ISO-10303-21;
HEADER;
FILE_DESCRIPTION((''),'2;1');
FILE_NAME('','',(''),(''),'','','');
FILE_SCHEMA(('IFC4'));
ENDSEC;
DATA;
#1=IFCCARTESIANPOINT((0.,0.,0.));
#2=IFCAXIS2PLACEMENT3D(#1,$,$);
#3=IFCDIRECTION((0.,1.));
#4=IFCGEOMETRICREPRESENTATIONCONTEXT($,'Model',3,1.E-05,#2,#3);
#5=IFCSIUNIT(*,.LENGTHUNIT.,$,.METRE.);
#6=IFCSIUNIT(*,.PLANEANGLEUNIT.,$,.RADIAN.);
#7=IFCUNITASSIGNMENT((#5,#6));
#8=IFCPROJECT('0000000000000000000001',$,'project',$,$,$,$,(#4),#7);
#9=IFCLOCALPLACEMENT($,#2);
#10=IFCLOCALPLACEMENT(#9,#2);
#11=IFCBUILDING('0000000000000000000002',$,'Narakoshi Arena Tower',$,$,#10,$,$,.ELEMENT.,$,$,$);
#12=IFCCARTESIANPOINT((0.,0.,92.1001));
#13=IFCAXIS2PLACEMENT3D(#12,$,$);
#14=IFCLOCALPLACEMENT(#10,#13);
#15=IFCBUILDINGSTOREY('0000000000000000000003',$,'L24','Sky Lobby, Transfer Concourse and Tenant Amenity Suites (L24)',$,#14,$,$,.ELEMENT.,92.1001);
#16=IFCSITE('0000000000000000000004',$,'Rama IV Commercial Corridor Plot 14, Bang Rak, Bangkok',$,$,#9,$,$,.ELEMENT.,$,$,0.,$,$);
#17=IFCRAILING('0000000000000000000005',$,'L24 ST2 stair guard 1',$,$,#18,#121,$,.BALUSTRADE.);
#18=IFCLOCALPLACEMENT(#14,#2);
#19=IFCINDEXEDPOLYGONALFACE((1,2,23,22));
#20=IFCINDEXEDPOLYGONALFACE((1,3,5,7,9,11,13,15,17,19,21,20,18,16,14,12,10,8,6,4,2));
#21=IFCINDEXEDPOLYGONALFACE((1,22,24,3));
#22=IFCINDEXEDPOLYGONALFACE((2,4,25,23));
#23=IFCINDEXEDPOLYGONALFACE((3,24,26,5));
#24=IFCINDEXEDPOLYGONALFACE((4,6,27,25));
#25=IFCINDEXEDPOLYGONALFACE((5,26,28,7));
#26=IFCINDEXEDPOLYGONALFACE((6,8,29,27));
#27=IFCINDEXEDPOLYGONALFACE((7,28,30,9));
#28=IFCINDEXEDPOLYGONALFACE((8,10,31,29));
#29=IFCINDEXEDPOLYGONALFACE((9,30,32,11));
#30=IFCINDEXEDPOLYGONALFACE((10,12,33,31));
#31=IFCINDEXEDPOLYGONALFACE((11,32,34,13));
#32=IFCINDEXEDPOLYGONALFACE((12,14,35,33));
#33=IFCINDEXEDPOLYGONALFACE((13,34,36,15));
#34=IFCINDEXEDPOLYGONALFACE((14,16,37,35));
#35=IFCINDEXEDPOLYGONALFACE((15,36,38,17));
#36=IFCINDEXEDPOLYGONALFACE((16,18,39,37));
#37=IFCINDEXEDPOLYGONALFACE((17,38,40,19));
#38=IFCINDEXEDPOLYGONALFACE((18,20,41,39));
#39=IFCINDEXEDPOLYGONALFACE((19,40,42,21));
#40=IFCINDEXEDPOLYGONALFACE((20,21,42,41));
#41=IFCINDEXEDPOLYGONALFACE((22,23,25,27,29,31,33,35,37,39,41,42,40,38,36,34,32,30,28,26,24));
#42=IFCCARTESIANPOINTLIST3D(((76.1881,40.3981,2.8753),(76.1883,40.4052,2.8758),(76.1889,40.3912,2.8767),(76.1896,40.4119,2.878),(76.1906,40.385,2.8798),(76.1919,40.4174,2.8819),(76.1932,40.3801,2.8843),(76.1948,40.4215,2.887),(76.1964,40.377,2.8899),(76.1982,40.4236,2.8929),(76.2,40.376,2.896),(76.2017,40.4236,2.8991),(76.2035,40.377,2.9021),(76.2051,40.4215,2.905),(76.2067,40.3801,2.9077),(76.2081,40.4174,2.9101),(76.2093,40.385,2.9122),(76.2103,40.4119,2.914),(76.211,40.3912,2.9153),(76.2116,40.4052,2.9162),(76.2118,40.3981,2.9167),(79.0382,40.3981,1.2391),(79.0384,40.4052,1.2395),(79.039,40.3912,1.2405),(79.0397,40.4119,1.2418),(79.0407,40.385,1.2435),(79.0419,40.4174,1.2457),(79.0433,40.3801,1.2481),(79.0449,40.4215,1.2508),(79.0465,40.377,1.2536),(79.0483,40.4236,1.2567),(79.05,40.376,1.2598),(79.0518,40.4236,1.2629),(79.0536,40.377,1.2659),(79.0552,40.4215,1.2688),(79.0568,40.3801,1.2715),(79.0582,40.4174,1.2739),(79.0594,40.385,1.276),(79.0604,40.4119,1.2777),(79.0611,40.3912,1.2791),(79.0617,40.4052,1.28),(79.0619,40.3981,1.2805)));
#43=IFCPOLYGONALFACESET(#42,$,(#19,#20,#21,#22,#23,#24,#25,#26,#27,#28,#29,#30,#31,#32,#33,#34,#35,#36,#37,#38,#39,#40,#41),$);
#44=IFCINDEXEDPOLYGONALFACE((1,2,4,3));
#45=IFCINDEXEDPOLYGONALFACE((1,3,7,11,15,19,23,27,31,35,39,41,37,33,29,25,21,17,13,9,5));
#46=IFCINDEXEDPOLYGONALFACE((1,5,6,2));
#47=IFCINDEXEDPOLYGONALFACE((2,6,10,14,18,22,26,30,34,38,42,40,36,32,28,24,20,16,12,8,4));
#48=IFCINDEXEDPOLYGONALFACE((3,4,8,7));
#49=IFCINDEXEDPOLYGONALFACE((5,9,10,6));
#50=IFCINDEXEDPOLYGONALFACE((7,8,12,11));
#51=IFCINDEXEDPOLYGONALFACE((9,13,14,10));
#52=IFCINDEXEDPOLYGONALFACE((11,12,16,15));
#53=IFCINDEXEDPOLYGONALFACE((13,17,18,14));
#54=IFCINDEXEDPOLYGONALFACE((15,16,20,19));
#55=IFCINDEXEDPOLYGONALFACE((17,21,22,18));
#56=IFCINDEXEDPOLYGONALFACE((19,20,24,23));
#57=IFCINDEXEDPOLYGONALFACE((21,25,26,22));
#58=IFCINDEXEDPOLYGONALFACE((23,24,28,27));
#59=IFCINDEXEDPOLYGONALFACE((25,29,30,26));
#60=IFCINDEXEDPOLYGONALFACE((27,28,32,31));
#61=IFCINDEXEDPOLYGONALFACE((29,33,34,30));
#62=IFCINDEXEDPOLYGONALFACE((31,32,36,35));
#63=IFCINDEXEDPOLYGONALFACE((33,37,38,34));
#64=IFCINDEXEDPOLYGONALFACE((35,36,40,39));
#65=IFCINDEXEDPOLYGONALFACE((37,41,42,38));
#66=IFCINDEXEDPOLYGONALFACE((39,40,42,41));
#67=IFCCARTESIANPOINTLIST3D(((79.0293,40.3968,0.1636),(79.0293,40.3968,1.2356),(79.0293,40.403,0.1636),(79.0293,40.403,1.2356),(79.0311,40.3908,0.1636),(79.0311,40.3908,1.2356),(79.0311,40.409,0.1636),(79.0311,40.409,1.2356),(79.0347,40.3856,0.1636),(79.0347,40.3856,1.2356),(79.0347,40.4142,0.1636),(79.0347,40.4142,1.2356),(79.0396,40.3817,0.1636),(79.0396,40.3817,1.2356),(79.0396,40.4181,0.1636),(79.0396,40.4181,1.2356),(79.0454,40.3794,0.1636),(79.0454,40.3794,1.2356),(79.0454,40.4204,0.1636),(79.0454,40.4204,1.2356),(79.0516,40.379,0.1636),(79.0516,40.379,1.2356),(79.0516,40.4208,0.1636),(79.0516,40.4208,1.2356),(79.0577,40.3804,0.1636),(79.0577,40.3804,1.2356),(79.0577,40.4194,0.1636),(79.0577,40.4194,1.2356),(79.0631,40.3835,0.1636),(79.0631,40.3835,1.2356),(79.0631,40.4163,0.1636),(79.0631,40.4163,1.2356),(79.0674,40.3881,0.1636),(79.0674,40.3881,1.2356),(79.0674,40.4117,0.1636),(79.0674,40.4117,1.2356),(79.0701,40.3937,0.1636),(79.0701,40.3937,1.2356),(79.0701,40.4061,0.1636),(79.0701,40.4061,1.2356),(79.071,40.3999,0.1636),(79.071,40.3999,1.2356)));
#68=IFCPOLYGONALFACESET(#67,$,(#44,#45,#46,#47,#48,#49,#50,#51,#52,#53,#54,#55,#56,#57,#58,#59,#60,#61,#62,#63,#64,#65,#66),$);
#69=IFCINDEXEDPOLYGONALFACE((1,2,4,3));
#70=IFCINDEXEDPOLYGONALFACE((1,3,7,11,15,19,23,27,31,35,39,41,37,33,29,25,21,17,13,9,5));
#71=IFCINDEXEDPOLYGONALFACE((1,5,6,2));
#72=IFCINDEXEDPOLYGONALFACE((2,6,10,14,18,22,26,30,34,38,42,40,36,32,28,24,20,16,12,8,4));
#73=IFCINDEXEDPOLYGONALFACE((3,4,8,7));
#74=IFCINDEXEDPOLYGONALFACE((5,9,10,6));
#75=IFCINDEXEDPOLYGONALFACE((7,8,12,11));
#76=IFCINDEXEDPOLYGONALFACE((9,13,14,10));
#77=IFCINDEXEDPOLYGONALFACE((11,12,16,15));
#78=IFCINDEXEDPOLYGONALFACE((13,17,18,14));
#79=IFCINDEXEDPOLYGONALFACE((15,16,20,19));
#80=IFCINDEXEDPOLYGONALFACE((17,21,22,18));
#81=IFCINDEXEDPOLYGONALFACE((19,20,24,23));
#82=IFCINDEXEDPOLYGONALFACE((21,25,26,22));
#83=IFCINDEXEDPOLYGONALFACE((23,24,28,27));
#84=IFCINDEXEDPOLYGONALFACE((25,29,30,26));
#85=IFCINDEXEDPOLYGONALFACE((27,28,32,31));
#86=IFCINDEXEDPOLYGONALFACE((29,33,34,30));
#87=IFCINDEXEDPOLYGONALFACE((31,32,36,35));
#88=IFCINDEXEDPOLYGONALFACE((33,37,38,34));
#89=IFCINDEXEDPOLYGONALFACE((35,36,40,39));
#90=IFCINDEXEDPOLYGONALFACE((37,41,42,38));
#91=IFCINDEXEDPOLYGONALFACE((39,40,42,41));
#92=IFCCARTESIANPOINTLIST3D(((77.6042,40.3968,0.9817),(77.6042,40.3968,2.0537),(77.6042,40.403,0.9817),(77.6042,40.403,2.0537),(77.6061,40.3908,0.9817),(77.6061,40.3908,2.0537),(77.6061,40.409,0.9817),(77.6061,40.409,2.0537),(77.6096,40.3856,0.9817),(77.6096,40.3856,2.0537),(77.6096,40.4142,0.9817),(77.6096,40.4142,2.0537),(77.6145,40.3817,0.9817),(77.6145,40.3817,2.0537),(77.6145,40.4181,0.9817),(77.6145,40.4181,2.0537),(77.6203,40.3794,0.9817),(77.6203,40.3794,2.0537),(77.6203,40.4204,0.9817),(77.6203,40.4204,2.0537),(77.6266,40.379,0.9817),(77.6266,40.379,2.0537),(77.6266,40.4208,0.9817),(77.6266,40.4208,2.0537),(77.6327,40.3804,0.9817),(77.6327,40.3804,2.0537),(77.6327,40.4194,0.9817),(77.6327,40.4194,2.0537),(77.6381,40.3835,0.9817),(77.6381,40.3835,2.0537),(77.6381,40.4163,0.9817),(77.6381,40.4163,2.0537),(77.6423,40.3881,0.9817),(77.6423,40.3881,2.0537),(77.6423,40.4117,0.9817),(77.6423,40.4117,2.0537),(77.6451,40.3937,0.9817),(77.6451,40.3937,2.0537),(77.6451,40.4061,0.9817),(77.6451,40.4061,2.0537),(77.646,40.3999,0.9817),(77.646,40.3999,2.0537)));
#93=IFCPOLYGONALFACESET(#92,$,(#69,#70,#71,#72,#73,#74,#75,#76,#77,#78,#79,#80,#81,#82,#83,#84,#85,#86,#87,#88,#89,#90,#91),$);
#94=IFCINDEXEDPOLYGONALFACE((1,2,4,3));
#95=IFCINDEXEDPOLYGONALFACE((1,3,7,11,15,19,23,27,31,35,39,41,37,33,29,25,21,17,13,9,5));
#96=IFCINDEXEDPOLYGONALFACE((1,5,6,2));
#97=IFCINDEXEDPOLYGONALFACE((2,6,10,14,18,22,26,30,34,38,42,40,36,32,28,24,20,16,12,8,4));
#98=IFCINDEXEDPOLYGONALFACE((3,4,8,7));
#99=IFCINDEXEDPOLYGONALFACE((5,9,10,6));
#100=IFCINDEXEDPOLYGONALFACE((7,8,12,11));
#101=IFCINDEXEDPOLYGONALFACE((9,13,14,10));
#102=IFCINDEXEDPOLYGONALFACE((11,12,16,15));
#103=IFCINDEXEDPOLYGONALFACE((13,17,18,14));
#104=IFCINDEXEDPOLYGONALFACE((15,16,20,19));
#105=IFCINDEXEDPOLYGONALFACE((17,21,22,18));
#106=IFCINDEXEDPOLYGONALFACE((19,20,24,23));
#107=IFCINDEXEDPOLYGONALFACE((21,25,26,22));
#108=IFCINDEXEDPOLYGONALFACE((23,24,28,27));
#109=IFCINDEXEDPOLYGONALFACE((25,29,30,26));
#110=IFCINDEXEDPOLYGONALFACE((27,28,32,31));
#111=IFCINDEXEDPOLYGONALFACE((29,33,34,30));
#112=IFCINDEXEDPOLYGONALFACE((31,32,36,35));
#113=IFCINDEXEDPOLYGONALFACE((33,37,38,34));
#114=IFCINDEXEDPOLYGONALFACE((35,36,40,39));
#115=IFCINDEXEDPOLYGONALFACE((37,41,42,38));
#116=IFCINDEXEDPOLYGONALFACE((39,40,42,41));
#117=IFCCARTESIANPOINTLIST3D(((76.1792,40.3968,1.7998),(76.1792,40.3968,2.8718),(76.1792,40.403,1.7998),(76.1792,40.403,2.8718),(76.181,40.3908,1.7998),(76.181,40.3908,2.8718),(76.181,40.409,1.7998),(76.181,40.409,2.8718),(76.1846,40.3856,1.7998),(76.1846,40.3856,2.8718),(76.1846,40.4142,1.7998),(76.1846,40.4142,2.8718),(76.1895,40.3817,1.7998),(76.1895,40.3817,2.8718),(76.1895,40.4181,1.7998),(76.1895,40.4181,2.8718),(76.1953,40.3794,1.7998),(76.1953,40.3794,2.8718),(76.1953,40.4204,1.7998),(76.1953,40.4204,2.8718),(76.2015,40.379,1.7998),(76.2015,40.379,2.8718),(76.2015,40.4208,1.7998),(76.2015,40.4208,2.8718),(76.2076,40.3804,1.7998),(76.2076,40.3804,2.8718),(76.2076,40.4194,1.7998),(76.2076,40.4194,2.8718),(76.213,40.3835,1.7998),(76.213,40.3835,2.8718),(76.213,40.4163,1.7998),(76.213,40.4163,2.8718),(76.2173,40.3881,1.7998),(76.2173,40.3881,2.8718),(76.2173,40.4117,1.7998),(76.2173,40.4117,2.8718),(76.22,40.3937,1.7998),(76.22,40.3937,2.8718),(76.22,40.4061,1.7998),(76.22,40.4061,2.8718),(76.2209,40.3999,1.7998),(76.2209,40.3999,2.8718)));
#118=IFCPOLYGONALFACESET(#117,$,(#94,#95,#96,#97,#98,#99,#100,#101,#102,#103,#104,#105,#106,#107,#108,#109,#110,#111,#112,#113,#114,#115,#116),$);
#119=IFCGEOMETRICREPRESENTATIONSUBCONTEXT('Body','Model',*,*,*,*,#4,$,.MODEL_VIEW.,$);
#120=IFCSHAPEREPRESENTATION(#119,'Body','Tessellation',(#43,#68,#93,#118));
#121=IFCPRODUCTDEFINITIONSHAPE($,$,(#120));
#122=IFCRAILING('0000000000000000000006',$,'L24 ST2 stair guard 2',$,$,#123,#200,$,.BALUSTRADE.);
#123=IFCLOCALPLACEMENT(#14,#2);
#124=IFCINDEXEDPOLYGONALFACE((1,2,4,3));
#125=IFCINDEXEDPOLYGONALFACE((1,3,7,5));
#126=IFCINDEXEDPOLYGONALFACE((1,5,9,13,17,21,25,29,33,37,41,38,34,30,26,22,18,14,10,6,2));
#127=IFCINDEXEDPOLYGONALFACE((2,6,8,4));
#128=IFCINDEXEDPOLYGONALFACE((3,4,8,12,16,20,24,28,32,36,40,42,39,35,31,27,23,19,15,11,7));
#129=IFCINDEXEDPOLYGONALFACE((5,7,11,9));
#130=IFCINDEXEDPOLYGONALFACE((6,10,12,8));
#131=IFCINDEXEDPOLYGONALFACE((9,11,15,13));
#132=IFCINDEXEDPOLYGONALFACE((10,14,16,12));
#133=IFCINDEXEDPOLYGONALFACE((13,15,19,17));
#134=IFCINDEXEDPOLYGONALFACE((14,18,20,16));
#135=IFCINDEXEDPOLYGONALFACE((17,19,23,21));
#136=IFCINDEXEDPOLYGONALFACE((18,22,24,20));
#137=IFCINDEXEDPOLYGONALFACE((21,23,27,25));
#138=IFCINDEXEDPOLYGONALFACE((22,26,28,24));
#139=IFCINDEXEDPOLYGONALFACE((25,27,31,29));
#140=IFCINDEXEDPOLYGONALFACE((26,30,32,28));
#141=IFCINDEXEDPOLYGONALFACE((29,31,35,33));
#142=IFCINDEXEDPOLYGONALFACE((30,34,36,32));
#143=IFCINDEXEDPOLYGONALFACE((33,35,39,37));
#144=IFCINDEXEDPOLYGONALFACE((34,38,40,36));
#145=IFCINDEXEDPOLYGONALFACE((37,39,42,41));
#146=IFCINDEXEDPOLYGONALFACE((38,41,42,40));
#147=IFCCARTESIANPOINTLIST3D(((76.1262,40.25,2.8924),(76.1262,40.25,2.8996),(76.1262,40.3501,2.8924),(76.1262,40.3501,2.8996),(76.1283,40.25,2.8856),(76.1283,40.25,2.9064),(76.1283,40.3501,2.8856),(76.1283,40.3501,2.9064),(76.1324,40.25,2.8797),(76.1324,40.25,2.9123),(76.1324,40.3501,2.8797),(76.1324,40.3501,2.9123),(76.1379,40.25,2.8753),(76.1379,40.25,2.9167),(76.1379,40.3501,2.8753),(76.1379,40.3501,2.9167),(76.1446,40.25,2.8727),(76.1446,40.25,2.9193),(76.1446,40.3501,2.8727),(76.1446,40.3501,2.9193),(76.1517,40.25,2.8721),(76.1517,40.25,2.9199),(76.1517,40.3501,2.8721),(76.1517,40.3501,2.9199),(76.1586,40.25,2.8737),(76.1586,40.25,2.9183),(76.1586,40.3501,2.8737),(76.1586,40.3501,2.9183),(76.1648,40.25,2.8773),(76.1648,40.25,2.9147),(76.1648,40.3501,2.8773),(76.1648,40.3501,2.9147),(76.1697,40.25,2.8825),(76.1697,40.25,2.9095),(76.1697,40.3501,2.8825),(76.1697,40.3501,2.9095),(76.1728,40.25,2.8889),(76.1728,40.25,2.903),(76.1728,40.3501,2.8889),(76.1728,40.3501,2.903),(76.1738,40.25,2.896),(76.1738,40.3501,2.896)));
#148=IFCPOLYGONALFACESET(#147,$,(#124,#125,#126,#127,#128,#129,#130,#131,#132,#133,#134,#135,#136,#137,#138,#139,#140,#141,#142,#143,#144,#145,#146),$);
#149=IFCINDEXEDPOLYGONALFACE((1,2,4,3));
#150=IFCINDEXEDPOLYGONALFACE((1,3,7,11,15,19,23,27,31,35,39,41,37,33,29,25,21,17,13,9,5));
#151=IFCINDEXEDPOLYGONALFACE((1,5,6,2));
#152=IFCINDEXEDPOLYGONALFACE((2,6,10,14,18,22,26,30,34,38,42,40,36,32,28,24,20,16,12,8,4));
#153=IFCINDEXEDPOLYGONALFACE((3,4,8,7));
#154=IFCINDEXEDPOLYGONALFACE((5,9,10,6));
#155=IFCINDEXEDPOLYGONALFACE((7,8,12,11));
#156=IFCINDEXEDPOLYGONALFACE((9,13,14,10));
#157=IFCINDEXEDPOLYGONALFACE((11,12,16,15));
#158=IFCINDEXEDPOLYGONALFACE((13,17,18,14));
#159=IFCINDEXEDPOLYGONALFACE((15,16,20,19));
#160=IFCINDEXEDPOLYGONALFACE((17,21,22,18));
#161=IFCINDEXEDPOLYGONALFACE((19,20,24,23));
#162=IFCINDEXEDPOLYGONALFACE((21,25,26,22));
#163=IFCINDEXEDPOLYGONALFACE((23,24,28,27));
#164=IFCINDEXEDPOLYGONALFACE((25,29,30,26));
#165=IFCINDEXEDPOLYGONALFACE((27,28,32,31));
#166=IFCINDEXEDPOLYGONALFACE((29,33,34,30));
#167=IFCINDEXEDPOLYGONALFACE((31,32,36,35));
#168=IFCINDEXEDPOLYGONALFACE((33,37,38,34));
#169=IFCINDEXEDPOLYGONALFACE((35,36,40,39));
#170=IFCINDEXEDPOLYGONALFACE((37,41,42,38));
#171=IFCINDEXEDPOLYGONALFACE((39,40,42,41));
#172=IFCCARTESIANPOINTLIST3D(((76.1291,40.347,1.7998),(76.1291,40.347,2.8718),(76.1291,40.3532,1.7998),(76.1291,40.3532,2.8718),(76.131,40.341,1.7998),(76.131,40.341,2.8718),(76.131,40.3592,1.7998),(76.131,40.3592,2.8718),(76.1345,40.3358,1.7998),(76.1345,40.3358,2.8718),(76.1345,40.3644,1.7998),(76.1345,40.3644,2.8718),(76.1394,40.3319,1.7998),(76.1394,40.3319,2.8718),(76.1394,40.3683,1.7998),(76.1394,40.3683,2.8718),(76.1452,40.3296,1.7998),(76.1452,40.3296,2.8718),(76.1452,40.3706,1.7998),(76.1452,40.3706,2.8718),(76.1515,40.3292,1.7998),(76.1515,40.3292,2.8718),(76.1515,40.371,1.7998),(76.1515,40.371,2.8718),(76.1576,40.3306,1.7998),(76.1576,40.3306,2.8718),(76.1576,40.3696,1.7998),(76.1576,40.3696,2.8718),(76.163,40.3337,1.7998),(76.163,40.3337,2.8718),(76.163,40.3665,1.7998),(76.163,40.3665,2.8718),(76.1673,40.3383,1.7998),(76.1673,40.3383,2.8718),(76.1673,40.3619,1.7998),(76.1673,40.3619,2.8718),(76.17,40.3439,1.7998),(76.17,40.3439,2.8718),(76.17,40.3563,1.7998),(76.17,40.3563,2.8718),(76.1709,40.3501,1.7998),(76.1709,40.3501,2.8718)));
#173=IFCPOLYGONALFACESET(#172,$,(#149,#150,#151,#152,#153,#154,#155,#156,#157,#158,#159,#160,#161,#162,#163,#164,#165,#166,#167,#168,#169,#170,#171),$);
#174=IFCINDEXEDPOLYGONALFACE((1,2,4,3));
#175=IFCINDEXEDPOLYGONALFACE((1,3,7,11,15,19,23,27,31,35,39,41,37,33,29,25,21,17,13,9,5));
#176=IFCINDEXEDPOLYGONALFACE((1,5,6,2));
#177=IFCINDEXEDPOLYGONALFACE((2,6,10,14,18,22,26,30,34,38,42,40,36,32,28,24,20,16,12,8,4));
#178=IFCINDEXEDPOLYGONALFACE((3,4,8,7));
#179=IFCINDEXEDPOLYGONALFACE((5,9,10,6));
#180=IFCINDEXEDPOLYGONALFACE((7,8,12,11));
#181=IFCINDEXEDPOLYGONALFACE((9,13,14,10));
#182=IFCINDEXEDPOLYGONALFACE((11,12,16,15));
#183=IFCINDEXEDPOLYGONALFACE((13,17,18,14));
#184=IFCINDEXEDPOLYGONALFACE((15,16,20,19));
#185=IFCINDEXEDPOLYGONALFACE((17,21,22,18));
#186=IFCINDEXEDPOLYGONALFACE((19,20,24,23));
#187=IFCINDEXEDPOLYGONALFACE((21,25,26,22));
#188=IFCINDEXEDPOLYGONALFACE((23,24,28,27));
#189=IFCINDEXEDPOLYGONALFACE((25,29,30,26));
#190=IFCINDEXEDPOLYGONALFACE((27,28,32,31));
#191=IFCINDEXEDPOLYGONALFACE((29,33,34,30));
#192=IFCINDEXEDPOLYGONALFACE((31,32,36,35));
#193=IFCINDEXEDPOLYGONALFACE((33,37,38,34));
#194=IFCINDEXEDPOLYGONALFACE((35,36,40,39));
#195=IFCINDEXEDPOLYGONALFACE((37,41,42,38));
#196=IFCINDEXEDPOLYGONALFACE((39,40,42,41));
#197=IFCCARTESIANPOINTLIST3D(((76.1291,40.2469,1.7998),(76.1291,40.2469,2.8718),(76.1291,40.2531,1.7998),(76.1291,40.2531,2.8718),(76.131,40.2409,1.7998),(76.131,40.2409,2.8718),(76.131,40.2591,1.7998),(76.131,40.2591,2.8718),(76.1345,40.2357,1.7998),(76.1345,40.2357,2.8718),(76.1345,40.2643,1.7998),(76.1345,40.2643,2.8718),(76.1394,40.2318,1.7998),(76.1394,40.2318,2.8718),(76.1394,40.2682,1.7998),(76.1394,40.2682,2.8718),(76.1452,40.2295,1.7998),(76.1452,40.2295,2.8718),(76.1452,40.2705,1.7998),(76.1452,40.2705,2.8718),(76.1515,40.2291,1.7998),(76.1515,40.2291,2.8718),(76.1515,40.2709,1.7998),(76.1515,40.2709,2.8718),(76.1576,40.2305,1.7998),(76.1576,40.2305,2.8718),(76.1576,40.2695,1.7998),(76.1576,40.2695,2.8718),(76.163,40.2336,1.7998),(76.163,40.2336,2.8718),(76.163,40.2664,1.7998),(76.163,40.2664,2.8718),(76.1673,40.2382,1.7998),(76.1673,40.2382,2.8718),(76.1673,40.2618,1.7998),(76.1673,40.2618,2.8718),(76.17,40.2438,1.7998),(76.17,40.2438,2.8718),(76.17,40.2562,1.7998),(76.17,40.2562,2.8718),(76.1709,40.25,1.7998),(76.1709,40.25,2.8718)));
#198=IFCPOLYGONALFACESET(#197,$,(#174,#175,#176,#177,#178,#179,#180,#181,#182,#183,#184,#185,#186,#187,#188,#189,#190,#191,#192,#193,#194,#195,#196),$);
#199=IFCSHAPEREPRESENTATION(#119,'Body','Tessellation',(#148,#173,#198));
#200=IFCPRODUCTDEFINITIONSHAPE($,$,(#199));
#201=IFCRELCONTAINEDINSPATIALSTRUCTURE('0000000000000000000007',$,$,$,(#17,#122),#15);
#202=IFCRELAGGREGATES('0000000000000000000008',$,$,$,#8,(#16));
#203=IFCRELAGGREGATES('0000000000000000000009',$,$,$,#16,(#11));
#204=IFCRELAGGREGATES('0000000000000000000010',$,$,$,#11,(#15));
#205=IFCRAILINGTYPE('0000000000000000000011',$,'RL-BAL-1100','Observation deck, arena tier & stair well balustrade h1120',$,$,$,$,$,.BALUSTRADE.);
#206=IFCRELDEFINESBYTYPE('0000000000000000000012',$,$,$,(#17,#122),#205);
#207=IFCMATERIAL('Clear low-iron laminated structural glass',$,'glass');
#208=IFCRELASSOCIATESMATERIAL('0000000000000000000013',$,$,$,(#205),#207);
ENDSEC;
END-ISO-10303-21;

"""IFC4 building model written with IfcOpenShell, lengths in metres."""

from ifc_helpers import new_model, si_unit, direction, frame, origin, origin_2d, place, context, subcontext, project, spatial, circle, extrude, material, type_object, element, save


model = new_model("IFC4")

# Units and contexts
model_context = context("Model", 3, precision=1e-05, world=origin(), true_north=direction((0.0, 1.0)))
body_context = subcontext(model_context, "Body", "Model", "MODEL_VIEW")
ifc_project = project(units=[si_unit("LENGTHUNIT", "METRE"), si_unit("PLANEANGLEUNIT", "RADIAN")], contexts=[model_context])

# Site, building, storey
site_placement = place(None, origin())
site = spatial("IfcSite", under=ifc_project, at=site_placement, Name="Rama IV Commercial Corridor Plot 14, Bang Rak, Bangkok", CompositionType="ELEMENT", RefElevation=0.0)
building_placement = place(site_placement, origin())
building = spatial("IfcBuilding", under=site, at=building_placement, Name="Narakoshi Arena Tower", CompositionType="ELEMENT")
storey_placement = place(building_placement, frame((0.0, 0.0, 92.1001)))
storey = spatial("IfcBuildingStorey", under=building, at=storey_placement, Name="L24", Description="Sky Lobby, Transfer Concourse and Tenant Amenity Suites (L24)", CompositionType="ELEMENT", Elevation=92.1001)

# Railings
ifc_material_1 = material(Name="Clear low-iron laminated structural glass", Category="glass")
railing_type_1 = type_object("IfcRailingType", Name="RL-BAL-1100", Description="Observation deck, arena tier & stair well balustrade h1120", PredefinedType="BALUSTRADE", material=ifc_material_1)
railing_1_placement = place(storey_placement, frame((79.05, 40.3999, 0.1636)))
element("IfcRailing", 1, at=railing_1_placement, inside=storey, type_object=railing_type_1, Name="L24 ST2 stair guard 1", PredefinedType="BALUSTRADE", context=body_context, shape_type="SweptSolid", body=[
    extrude(circle(Radius=0.0239, at=origin_2d()), frame((0.0, 0.0, 1.0962), z_axis=(-0.867245, 0.0, 0.497882), x_axis=(0.0, -1.0, 0.0)), (0.0, 0.0, 1.0), 3.2864),
    extrude(circle(Radius=0.021, at=origin_2d()), origin(), (0.0, 0.0, 1.0), 1.072),
    extrude(circle(Radius=0.021, at=origin_2d()), frame((-1.425, 0.0, 0.8181)), (0.0, 0.0, 1.0), 1.072),
    extrude(circle(Radius=0.021, at=origin_2d()), frame((-2.8501, 0.0, 1.6362)), (0.0, 0.0, 1.0), 1.072),
])
railing_2_placement = place(storey_placement, frame((76.1499, 40.3501, 1.7998)))
element("IfcRailing", 2, at=railing_2_placement, inside=storey, type_object=railing_type_1, Name="L24 ST2 stair guard 2", PredefinedType="BALUSTRADE", context=body_context, shape_type="SweptSolid", body=[
    extrude(circle(Radius=0.0239, at=origin_2d()), frame((0.0, 0.0, 1.0962), z_axis=(0.0, -1.0, 0.0), x_axis=(1.0, 0.0, 0.0)), (0.0, 0.0, 1.0), 0.1001),
    extrude(circle(Radius=0.021, at=origin_2d()), origin(), (0.0, 0.0, 1.0), 1.072),
    extrude(circle(Radius=0.021, at=origin_2d()), frame((0.0, -0.1001, 0.0)), (0.0, 0.0, 1.0), 1.072),
])

save(model, "model.ifc")
